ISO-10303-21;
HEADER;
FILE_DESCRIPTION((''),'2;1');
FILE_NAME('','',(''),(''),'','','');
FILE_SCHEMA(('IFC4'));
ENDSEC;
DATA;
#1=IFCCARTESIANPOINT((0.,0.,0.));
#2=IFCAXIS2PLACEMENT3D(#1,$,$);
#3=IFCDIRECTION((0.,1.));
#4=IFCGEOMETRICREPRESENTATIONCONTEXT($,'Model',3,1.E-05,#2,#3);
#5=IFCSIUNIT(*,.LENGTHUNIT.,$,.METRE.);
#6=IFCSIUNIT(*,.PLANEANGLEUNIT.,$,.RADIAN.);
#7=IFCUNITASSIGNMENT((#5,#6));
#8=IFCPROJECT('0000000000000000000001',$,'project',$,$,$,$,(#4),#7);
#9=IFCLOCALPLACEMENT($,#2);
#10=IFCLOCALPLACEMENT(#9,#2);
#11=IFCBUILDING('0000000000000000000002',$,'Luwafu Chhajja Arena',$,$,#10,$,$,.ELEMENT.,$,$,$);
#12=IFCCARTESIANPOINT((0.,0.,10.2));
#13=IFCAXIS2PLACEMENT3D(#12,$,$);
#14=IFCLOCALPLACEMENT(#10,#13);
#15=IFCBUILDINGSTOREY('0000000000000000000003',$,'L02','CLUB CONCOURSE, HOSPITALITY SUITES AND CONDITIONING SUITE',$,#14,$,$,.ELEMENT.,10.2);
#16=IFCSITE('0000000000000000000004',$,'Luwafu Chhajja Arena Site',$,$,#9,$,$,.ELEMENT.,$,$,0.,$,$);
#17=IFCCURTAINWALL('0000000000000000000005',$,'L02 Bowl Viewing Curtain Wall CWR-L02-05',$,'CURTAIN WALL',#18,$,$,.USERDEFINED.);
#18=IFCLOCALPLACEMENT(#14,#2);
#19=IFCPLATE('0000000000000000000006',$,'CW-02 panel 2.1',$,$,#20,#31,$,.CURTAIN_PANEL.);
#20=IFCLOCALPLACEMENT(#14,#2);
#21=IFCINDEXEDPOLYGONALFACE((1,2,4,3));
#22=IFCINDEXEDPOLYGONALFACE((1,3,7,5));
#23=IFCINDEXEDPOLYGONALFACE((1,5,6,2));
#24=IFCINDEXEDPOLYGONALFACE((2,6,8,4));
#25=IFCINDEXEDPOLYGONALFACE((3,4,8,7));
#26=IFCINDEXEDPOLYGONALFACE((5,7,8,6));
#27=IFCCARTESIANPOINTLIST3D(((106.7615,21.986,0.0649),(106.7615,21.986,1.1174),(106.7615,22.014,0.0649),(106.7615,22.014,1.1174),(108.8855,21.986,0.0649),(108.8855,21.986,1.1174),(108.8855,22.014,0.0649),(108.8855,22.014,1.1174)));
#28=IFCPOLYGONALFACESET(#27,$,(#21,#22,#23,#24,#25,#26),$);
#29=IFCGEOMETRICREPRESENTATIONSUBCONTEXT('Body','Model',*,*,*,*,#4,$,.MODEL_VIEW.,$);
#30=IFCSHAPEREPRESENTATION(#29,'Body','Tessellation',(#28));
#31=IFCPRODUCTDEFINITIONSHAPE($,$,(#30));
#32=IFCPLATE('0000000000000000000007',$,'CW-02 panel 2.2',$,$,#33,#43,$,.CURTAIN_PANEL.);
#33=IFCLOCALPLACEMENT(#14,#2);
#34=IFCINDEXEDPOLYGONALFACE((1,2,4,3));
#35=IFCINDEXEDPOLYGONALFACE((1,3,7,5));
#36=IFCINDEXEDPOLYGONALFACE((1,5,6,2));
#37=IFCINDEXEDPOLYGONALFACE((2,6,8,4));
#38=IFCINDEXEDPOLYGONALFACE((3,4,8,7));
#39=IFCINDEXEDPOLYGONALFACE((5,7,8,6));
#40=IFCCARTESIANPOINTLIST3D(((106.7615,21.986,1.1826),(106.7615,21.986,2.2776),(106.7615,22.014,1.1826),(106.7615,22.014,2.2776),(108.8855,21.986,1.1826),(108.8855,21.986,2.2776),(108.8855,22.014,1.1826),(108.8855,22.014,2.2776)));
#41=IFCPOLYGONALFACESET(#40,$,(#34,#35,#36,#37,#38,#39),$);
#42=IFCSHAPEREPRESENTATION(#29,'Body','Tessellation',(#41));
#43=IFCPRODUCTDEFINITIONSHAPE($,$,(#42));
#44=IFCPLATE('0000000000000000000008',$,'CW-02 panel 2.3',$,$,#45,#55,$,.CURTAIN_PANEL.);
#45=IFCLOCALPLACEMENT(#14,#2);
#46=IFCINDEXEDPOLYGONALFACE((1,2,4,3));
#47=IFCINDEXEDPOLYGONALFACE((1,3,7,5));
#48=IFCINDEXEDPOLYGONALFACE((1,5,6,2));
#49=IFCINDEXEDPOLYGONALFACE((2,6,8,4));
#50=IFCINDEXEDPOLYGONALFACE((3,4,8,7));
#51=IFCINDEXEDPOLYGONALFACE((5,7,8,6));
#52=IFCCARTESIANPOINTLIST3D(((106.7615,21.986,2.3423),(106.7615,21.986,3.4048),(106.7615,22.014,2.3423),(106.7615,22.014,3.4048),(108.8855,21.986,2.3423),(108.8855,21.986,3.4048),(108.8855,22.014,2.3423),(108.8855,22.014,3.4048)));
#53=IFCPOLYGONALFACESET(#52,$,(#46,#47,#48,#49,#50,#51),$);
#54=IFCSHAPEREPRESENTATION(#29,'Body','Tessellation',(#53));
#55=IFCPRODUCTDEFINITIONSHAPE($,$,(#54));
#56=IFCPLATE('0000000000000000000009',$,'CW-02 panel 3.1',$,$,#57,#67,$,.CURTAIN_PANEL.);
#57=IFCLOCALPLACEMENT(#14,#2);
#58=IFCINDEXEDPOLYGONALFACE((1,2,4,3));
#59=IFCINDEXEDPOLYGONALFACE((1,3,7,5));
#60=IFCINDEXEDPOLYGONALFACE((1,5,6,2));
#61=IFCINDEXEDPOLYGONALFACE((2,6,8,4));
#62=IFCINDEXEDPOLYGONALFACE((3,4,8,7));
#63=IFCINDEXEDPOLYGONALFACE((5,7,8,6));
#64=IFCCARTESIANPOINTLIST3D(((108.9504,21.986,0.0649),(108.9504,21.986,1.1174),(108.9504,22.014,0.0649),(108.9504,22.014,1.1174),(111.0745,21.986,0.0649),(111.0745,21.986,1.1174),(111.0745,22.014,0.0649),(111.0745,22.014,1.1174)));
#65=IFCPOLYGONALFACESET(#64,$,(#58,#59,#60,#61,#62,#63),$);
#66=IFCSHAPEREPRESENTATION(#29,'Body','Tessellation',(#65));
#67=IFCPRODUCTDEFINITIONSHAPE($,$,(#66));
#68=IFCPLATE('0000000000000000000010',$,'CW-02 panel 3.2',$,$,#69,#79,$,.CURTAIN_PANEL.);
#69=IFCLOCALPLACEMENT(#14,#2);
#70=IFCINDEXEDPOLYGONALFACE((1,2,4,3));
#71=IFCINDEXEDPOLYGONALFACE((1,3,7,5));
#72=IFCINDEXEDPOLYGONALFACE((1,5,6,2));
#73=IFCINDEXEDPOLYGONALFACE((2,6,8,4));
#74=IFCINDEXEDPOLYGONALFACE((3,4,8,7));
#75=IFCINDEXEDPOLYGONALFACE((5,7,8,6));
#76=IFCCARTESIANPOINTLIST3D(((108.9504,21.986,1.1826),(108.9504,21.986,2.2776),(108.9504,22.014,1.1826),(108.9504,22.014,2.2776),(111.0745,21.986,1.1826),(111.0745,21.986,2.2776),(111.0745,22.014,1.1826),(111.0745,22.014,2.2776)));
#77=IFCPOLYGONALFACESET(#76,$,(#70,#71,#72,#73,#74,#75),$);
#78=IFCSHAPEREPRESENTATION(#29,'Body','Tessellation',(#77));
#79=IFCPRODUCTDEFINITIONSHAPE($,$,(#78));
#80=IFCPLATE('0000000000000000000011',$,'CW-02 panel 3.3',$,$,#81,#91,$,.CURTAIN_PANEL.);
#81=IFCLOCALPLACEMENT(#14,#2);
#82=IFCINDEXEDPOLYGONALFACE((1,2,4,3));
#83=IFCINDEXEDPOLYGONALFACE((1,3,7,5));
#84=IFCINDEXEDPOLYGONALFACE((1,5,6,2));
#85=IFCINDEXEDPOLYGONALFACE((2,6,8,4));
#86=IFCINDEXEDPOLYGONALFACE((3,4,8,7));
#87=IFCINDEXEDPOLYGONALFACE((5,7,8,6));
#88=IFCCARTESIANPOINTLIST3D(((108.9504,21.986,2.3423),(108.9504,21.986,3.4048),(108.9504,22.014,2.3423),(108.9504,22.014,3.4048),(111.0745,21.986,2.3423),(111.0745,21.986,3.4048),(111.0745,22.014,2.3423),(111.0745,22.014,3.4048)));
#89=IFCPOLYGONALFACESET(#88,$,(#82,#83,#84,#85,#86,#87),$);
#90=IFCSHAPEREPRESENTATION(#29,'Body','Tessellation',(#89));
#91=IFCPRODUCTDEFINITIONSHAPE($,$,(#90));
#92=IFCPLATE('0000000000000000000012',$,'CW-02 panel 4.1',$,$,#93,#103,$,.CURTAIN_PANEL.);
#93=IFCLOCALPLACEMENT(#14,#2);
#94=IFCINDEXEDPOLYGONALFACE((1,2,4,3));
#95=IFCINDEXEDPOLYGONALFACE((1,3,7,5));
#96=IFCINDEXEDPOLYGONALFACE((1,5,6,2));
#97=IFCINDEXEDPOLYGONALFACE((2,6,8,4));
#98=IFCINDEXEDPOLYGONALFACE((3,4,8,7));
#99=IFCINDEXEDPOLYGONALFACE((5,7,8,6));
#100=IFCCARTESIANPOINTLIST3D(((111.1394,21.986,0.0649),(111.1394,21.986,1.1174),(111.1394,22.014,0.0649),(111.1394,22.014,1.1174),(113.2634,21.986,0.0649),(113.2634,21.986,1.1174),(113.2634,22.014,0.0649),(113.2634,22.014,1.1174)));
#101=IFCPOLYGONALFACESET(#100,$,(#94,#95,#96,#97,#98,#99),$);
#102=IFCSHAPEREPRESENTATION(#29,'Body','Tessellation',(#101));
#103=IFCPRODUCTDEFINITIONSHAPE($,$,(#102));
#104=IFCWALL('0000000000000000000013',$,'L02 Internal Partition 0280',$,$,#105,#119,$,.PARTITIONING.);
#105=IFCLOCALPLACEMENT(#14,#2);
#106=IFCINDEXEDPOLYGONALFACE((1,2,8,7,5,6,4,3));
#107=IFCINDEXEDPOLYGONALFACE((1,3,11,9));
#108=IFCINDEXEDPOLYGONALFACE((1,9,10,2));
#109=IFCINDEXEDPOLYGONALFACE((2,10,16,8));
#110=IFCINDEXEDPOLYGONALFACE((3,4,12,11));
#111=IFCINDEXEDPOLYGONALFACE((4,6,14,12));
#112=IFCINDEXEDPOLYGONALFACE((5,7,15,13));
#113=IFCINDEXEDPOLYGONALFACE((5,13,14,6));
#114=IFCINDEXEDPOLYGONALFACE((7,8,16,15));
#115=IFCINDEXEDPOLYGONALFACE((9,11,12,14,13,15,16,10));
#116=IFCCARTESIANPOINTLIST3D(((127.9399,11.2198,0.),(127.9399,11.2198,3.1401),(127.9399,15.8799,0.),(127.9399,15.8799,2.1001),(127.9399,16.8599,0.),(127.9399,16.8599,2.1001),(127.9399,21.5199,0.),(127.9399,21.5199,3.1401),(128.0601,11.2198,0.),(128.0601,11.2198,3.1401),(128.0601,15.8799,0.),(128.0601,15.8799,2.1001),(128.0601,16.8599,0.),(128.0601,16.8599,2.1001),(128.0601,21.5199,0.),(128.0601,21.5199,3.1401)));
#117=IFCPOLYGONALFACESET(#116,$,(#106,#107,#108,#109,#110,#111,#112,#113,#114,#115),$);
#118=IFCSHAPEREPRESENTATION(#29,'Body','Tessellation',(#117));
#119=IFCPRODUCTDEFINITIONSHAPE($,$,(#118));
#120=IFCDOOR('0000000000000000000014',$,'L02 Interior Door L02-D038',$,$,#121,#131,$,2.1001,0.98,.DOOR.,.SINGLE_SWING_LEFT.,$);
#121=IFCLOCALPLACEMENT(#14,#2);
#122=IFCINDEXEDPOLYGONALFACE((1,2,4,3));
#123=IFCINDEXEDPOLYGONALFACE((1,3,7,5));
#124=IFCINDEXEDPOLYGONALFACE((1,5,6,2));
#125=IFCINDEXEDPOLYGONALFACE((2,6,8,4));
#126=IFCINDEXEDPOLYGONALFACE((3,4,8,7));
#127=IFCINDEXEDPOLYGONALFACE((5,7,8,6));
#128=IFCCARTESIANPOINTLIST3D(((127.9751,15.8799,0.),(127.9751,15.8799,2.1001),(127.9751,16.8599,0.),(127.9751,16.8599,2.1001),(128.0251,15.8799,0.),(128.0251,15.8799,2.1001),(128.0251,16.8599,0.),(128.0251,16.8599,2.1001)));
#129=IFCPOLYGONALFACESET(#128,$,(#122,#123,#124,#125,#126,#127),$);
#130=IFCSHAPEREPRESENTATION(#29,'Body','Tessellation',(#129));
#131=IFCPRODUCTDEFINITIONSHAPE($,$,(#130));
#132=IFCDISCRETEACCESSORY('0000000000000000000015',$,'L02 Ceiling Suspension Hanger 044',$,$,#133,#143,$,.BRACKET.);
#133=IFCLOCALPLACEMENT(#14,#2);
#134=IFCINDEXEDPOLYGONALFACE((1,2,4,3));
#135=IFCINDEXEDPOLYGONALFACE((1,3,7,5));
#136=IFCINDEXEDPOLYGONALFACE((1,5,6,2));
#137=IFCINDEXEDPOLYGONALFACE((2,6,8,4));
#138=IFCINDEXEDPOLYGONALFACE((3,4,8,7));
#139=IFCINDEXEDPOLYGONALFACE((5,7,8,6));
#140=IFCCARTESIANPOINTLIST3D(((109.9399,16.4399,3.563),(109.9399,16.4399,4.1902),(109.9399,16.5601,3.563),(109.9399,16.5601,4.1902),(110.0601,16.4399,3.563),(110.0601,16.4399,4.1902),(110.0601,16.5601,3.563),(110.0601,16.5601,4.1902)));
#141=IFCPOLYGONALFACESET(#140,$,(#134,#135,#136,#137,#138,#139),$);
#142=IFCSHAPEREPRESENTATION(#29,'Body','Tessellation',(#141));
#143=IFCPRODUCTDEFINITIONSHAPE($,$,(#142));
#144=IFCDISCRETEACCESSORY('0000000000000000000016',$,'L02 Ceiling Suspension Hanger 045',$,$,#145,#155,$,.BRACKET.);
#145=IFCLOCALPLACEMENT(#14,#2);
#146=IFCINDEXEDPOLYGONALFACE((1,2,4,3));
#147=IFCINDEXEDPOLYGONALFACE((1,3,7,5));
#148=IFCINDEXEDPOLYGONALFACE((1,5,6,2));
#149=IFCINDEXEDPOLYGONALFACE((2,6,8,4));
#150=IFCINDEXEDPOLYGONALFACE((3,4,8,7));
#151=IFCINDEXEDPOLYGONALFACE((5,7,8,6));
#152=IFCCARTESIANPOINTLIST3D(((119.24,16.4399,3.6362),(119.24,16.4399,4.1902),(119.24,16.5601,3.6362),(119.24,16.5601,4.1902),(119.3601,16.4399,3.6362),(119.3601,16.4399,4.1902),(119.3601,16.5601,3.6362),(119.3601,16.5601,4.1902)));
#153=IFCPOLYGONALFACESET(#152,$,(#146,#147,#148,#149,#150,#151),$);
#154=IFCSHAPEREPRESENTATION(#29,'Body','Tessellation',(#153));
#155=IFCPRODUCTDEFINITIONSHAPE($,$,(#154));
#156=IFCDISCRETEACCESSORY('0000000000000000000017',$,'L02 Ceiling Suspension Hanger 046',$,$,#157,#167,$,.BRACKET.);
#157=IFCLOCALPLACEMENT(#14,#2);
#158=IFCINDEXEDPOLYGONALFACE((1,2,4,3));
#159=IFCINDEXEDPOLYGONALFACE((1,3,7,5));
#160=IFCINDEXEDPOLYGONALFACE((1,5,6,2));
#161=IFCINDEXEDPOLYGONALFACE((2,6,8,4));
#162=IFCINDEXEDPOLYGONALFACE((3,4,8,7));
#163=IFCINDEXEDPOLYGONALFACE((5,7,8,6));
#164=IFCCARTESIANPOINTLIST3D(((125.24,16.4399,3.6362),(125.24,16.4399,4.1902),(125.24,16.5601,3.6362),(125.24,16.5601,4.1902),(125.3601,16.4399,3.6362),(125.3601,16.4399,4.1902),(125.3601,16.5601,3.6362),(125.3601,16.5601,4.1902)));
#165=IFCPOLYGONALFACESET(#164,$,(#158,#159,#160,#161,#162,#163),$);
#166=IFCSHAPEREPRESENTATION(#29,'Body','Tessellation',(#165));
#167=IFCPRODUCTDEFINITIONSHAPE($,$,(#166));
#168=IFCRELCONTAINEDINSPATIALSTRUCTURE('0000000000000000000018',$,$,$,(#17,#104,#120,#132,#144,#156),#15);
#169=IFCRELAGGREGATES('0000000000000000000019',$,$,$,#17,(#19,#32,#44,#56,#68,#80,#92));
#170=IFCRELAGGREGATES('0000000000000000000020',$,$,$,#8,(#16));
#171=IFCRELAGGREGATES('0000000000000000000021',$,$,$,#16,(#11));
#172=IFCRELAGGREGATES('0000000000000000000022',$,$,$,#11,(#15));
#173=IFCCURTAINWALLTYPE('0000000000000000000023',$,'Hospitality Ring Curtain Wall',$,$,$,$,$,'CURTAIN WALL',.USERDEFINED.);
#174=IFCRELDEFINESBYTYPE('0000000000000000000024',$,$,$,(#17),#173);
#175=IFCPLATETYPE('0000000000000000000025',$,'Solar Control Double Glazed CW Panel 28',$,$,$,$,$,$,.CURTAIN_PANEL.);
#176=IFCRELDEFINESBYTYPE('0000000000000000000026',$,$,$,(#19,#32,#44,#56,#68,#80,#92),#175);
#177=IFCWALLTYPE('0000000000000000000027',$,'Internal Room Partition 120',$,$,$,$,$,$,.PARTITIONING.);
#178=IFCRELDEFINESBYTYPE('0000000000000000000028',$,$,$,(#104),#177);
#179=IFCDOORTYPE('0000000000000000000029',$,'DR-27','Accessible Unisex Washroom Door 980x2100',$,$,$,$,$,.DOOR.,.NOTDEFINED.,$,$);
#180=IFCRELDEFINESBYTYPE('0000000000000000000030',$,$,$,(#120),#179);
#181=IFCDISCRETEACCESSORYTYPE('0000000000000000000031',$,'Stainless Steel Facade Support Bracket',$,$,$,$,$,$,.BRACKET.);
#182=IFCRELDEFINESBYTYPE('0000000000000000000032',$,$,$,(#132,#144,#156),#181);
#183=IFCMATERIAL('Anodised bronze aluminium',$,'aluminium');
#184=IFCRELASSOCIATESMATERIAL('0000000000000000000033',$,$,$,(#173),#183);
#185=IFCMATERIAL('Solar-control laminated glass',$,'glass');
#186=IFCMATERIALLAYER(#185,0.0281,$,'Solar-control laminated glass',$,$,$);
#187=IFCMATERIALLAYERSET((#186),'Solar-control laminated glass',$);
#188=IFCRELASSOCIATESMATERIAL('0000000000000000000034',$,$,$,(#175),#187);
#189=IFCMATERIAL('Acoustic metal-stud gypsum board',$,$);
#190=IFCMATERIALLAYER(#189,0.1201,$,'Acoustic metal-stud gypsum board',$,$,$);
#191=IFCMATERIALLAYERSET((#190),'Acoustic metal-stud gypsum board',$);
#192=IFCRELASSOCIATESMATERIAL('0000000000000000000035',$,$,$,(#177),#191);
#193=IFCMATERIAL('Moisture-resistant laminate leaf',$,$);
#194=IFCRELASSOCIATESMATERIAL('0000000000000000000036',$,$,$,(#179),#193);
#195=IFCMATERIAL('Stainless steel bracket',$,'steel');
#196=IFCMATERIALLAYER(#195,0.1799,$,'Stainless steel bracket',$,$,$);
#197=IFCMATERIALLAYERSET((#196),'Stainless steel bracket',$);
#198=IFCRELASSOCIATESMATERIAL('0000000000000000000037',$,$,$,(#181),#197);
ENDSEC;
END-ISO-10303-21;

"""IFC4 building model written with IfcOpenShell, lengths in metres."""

from ifc_helpers import new_model, si_unit, direction, frame, frame_2d, origin, origin_2d, place, context, subcontext, project, spatial, rectangle, extrude, material, layer, layer_set, type_object, element, fill, aggregate, save


model = new_model("IFC4")

# Units and contexts
model_context = context("Model", 3, precision=1e-05, world=origin(), true_north=direction((0.0, 1.0)))
body_context = subcontext(model_context, "Body", "Model", "MODEL_VIEW")
ifc_project = project(units=[si_unit("LENGTHUNIT", "METRE"), si_unit("PLANEANGLEUNIT", "RADIAN")], contexts=[model_context])

# Site, building, storey
site_placement = place(None, origin())
site = spatial("IfcSite", under=ifc_project, at=site_placement, Name="Luwafu Chhajja Arena Site", CompositionType="ELEMENT", RefElevation=0.0)
building_placement = place(site_placement, origin())
building = spatial("IfcBuilding", under=site, at=building_placement, Name="Luwafu Chhajja Arena", CompositionType="ELEMENT")
storey_placement = place(building_placement, frame((0.0, 0.0, 10.2)))
storey = spatial("IfcBuildingStorey", under=building, at=storey_placement, Name="L02", Description="CLUB CONCOURSE, HOSPITALITY SUITES AND CONDITIONING SUITE", CompositionType="ELEMENT", Elevation=10.2)

# Curtain wall, plates
ifc_material_1 = material(Name="Anodised bronze aluminium", Category="aluminium")
curtain_wall_type = type_object("IfcCurtainWallType", Name="Hospitality Ring Curtain Wall", ElementType="CURTAIN WALL", PredefinedType="USERDEFINED", material=ifc_material_1)
curtain_wall_placement = place(storey_placement, origin())
curtain_wall = element("IfcCurtainWall", 1, at=curtain_wall_placement, inside=storey, type_object=curtain_wall_type, Name="L02 Bowl Viewing Curtain Wall CWR-L02-05", ObjectType="CURTAIN WALL", PredefinedType="USERDEFINED")
ifc_material_2 = material(Name="Solar-control laminated glass", Category="glass")
ifc_layer_1 = layer(ifc_material_2, 0.0281, Name="Solar-control laminated glass")
ifc_layer_set_1 = layer_set([ifc_layer_1], Name="Solar-control laminated glass")
plate_type = type_object("IfcPlateType", Name="Solar Control Double Glazed CW Panel 28", PredefinedType="CURTAIN_PANEL", material=ifc_layer_set_1)
plate_1_placement = place(storey_placement, frame((107.8235, 22.0, 0.0649), z_axis=(0.0, 0.0, 1.0), x_axis=(1.0, 0.0, 0.0)))
plate_1 = element("IfcPlate", 2, at=plate_1_placement, type_object=plate_type, Name="CW-02 panel 2.1", PredefinedType="CURTAIN_PANEL", context=body_context, shape_type="SweptSolid", body=[
    extrude(rectangle(XDim=2.124, YDim=0.0281, at=origin_2d()), origin(), (0.0, 0.0, 1.0), 1.0525),
])
plate_2_placement = place(storey_placement, frame((107.8235, 22.0, 1.1826), z_axis=(0.0, 0.0, 1.0), x_axis=(1.0, 0.0, 0.0)))
plate_2 = element("IfcPlate", 3, at=plate_2_placement, type_object=plate_type, Name="CW-02 panel 2.2", PredefinedType="CURTAIN_PANEL", context=body_context, shape_type="SweptSolid", body=[
    extrude(rectangle(XDim=2.124, YDim=0.0281, at=origin_2d()), origin(), (0.0, 0.0, 1.0), 1.095),
])
plate_3_placement = place(storey_placement, frame((107.8235, 22.0, 2.3423), z_axis=(0.0, 0.0, 1.0), x_axis=(1.0, 0.0, 0.0)))
plate_3 = element("IfcPlate", 4, at=plate_3_placement, type_object=plate_type, Name="CW-02 panel 2.3", PredefinedType="CURTAIN_PANEL", context=body_context, shape_type="SweptSolid", body=[
    extrude(rectangle(XDim=2.124, YDim=0.0281, at=origin_2d()), origin(), (0.0, 0.0, 1.0), 1.0625),
])
plate_4_placement = place(storey_placement, frame((110.0125, 22.0, 0.0649), z_axis=(0.0, 0.0, 1.0), x_axis=(1.0, 0.0, 0.0)))
plate_4 = element("IfcPlate", 5, at=plate_4_placement, type_object=plate_type, Name="CW-02 panel 3.1", PredefinedType="CURTAIN_PANEL", context=body_context, shape_type="SweptSolid", body=[
    extrude(rectangle(XDim=2.124, YDim=0.0281, at=origin_2d()), origin(), (0.0, 0.0, 1.0), 1.0525),
])
plate_5_placement = place(storey_placement, frame((110.0125, 22.0, 1.1826), z_axis=(0.0, 0.0, 1.0), x_axis=(1.0, 0.0, 0.0)))
plate_5 = element("IfcPlate", 6, at=plate_5_placement, type_object=plate_type, Name="CW-02 panel 3.2", PredefinedType="CURTAIN_PANEL", context=body_context, shape_type="SweptSolid", body=[
    extrude(rectangle(XDim=2.124, YDim=0.0281, at=origin_2d()), origin(), (0.0, 0.0, 1.0), 1.095),
])
plate_6_placement = place(storey_placement, frame((110.0125, 22.0, 2.3423), z_axis=(0.0, 0.0, 1.0), x_axis=(1.0, 0.0, 0.0)))
plate_6 = element("IfcPlate", 7, at=plate_6_placement, type_object=plate_type, Name="CW-02 panel 3.3", PredefinedType="CURTAIN_PANEL", context=body_context, shape_type="SweptSolid", body=[
    extrude(rectangle(XDim=2.124, YDim=0.0281, at=origin_2d()), origin(), (0.0, 0.0, 1.0), 1.0625),
])
plate_7_placement = place(storey_placement, frame((112.2014, 22.0, 0.0649), z_axis=(0.0, 0.0, 1.0), x_axis=(1.0, 0.0, 0.0)))
plate_7 = element("IfcPlate", 8, at=plate_7_placement, type_object=plate_type, Name="CW-02 panel 4.1", PredefinedType="CURTAIN_PANEL", context=body_context, shape_type="SweptSolid", body=[
    extrude(rectangle(XDim=2.124, YDim=0.0281, at=origin_2d()), origin(), (0.0, 0.0, 1.0), 1.0525),
])
aggregate(curtain_wall, [plate_1, plate_2, plate_3, plate_4, plate_5, plate_6, plate_7])

# Wall, opening, door
ifc_material_3 = material(Name="Acoustic metal-stud gypsum board")
ifc_layer_2 = layer(ifc_material_3, 0.1201, Name="Acoustic metal-stud gypsum board")
ifc_layer_set_2 = layer_set([ifc_layer_2], Name="Acoustic metal-stud gypsum board")
wall_type = type_object("IfcWallType", Name="Internal Room Partition 120", PredefinedType="PARTITIONING", material=ifc_layer_set_2)
wall_placement = place(storey_placement, frame((128.0, 11.22, 0.0), z_axis=(0.0, 0.0, 1.0), x_axis=(0.0, 1.0, 0.0)))
wall = element("IfcWall", 9, at=wall_placement, inside=storey, type_object=wall_type, Name="L02 Internal Partition 0280", PredefinedType="PARTITIONING", context=body_context, shape_type="SweptSolid", body=[
    extrude(rectangle(XDim=10.3, YDim=0.1201, at=frame_2d((5.1499, 0.0))), origin(), (0.0, 0.0, 1.0), 3.1401),
])
opening_placement = place(wall_placement, frame((4.6599, 0.0, 0.0)))
opening = element("IfcOpeningElement", 10, at=opening_placement, cuts=wall, PredefinedType="OPENING", context=body_context, shape_type="SweptSolid", body=[
    extrude(rectangle(XDim=0.98, YDim=2.1001, at=frame_2d((0.49, 1.05))), frame((0.0, 0.0701, 0.0), z_axis=(0.0, -1.0, 0.0), x_axis=(1.0, 0.0, 0.0)), (0.0, 0.0, 1.0), 0.1401),
])
ifc_material_4 = material(Name="Moisture-resistant laminate leaf")
door_type = type_object("IfcDoorType", Name="DR-27", Description="Accessible Unisex Washroom Door 980x2100", OperationType="NOTDEFINED", PredefinedType="DOOR", material=ifc_material_4)
door_placement = place(opening_placement, origin())
door = element("IfcDoor", 11, at=door_placement, inside=storey, type_object=door_type, Name="L02 Interior Door L02-D038", OperationType="SINGLE_SWING_LEFT", OverallHeight=2.1001, OverallWidth=0.98, PredefinedType="DOOR", context=body_context, shape_type="SweptSolid", body=[
    extrude(rectangle(XDim=0.98, YDim=2.1001, at=frame_2d((0.49, 1.05))), frame((0.0, 0.0249, 0.0), z_axis=(0.0, -1.0, 0.0), x_axis=(1.0, 0.0, 0.0)), (0.0, 0.0, 1.0), 0.05),
])
fill(opening, door)

# Discrete accessories
ifc_material_5 = material(Name="Stainless steel bracket", Category="steel")
ifc_layer_3 = layer(ifc_material_5, 0.1799, Name="Stainless steel bracket")
ifc_layer_set_3 = layer_set([ifc_layer_3], Name="Stainless steel bracket")
discrete_accessory_type = type_object("IfcDiscreteAccessoryType", Name="Stainless Steel Facade Support Bracket", PredefinedType="BRACKET", material=ifc_layer_set_3)
discrete_accessory_placement = place(storey_placement, frame((110.0, 16.5, 3.563), z_axis=(0.0, 0.0, 1.0), x_axis=(1.0, 0.0, 0.0)))
element("IfcDiscreteAccessory", 12, at=discrete_accessory_placement, inside=storey, type_object=discrete_accessory_type, Name="L02 Ceiling Suspension Hanger 044", PredefinedType="BRACKET", context=body_context, shape_type="SweptSolid", body=[
    extrude(rectangle(XDim=0.1201, YDim=0.1201, at=origin_2d()), origin(), (0.0, 0.0, 1.0), 0.6272),
])
for number, where, z_axis, x_axis, name in (
    (13, (119.3, 16.5, 3.6362), (0.0, 0.0, 1.0), (1.0, 0.0, 0.0), "L02 Ceiling Suspension Hanger 045"),
    (14, (125.3, 16.5, 3.6362), (0.0, 0.0, 1.0), (1.0, 0.0, 0.0), "L02 Ceiling Suspension Hanger 046"),
):
    element("IfcDiscreteAccessory", number, at=place(storey_placement, frame(where, z_axis=z_axis, x_axis=x_axis)), inside=storey, type_object=discrete_accessory_type, Name=name, PredefinedType="BRACKET", context=body_context, shape_type="SweptSolid", body=[
        extrude(rectangle(XDim=0.1201, YDim=0.1201, at=origin_2d()), origin(), (0.0, 0.0, 1.0), 0.554),
    ])

save(model, "model.ifc")
